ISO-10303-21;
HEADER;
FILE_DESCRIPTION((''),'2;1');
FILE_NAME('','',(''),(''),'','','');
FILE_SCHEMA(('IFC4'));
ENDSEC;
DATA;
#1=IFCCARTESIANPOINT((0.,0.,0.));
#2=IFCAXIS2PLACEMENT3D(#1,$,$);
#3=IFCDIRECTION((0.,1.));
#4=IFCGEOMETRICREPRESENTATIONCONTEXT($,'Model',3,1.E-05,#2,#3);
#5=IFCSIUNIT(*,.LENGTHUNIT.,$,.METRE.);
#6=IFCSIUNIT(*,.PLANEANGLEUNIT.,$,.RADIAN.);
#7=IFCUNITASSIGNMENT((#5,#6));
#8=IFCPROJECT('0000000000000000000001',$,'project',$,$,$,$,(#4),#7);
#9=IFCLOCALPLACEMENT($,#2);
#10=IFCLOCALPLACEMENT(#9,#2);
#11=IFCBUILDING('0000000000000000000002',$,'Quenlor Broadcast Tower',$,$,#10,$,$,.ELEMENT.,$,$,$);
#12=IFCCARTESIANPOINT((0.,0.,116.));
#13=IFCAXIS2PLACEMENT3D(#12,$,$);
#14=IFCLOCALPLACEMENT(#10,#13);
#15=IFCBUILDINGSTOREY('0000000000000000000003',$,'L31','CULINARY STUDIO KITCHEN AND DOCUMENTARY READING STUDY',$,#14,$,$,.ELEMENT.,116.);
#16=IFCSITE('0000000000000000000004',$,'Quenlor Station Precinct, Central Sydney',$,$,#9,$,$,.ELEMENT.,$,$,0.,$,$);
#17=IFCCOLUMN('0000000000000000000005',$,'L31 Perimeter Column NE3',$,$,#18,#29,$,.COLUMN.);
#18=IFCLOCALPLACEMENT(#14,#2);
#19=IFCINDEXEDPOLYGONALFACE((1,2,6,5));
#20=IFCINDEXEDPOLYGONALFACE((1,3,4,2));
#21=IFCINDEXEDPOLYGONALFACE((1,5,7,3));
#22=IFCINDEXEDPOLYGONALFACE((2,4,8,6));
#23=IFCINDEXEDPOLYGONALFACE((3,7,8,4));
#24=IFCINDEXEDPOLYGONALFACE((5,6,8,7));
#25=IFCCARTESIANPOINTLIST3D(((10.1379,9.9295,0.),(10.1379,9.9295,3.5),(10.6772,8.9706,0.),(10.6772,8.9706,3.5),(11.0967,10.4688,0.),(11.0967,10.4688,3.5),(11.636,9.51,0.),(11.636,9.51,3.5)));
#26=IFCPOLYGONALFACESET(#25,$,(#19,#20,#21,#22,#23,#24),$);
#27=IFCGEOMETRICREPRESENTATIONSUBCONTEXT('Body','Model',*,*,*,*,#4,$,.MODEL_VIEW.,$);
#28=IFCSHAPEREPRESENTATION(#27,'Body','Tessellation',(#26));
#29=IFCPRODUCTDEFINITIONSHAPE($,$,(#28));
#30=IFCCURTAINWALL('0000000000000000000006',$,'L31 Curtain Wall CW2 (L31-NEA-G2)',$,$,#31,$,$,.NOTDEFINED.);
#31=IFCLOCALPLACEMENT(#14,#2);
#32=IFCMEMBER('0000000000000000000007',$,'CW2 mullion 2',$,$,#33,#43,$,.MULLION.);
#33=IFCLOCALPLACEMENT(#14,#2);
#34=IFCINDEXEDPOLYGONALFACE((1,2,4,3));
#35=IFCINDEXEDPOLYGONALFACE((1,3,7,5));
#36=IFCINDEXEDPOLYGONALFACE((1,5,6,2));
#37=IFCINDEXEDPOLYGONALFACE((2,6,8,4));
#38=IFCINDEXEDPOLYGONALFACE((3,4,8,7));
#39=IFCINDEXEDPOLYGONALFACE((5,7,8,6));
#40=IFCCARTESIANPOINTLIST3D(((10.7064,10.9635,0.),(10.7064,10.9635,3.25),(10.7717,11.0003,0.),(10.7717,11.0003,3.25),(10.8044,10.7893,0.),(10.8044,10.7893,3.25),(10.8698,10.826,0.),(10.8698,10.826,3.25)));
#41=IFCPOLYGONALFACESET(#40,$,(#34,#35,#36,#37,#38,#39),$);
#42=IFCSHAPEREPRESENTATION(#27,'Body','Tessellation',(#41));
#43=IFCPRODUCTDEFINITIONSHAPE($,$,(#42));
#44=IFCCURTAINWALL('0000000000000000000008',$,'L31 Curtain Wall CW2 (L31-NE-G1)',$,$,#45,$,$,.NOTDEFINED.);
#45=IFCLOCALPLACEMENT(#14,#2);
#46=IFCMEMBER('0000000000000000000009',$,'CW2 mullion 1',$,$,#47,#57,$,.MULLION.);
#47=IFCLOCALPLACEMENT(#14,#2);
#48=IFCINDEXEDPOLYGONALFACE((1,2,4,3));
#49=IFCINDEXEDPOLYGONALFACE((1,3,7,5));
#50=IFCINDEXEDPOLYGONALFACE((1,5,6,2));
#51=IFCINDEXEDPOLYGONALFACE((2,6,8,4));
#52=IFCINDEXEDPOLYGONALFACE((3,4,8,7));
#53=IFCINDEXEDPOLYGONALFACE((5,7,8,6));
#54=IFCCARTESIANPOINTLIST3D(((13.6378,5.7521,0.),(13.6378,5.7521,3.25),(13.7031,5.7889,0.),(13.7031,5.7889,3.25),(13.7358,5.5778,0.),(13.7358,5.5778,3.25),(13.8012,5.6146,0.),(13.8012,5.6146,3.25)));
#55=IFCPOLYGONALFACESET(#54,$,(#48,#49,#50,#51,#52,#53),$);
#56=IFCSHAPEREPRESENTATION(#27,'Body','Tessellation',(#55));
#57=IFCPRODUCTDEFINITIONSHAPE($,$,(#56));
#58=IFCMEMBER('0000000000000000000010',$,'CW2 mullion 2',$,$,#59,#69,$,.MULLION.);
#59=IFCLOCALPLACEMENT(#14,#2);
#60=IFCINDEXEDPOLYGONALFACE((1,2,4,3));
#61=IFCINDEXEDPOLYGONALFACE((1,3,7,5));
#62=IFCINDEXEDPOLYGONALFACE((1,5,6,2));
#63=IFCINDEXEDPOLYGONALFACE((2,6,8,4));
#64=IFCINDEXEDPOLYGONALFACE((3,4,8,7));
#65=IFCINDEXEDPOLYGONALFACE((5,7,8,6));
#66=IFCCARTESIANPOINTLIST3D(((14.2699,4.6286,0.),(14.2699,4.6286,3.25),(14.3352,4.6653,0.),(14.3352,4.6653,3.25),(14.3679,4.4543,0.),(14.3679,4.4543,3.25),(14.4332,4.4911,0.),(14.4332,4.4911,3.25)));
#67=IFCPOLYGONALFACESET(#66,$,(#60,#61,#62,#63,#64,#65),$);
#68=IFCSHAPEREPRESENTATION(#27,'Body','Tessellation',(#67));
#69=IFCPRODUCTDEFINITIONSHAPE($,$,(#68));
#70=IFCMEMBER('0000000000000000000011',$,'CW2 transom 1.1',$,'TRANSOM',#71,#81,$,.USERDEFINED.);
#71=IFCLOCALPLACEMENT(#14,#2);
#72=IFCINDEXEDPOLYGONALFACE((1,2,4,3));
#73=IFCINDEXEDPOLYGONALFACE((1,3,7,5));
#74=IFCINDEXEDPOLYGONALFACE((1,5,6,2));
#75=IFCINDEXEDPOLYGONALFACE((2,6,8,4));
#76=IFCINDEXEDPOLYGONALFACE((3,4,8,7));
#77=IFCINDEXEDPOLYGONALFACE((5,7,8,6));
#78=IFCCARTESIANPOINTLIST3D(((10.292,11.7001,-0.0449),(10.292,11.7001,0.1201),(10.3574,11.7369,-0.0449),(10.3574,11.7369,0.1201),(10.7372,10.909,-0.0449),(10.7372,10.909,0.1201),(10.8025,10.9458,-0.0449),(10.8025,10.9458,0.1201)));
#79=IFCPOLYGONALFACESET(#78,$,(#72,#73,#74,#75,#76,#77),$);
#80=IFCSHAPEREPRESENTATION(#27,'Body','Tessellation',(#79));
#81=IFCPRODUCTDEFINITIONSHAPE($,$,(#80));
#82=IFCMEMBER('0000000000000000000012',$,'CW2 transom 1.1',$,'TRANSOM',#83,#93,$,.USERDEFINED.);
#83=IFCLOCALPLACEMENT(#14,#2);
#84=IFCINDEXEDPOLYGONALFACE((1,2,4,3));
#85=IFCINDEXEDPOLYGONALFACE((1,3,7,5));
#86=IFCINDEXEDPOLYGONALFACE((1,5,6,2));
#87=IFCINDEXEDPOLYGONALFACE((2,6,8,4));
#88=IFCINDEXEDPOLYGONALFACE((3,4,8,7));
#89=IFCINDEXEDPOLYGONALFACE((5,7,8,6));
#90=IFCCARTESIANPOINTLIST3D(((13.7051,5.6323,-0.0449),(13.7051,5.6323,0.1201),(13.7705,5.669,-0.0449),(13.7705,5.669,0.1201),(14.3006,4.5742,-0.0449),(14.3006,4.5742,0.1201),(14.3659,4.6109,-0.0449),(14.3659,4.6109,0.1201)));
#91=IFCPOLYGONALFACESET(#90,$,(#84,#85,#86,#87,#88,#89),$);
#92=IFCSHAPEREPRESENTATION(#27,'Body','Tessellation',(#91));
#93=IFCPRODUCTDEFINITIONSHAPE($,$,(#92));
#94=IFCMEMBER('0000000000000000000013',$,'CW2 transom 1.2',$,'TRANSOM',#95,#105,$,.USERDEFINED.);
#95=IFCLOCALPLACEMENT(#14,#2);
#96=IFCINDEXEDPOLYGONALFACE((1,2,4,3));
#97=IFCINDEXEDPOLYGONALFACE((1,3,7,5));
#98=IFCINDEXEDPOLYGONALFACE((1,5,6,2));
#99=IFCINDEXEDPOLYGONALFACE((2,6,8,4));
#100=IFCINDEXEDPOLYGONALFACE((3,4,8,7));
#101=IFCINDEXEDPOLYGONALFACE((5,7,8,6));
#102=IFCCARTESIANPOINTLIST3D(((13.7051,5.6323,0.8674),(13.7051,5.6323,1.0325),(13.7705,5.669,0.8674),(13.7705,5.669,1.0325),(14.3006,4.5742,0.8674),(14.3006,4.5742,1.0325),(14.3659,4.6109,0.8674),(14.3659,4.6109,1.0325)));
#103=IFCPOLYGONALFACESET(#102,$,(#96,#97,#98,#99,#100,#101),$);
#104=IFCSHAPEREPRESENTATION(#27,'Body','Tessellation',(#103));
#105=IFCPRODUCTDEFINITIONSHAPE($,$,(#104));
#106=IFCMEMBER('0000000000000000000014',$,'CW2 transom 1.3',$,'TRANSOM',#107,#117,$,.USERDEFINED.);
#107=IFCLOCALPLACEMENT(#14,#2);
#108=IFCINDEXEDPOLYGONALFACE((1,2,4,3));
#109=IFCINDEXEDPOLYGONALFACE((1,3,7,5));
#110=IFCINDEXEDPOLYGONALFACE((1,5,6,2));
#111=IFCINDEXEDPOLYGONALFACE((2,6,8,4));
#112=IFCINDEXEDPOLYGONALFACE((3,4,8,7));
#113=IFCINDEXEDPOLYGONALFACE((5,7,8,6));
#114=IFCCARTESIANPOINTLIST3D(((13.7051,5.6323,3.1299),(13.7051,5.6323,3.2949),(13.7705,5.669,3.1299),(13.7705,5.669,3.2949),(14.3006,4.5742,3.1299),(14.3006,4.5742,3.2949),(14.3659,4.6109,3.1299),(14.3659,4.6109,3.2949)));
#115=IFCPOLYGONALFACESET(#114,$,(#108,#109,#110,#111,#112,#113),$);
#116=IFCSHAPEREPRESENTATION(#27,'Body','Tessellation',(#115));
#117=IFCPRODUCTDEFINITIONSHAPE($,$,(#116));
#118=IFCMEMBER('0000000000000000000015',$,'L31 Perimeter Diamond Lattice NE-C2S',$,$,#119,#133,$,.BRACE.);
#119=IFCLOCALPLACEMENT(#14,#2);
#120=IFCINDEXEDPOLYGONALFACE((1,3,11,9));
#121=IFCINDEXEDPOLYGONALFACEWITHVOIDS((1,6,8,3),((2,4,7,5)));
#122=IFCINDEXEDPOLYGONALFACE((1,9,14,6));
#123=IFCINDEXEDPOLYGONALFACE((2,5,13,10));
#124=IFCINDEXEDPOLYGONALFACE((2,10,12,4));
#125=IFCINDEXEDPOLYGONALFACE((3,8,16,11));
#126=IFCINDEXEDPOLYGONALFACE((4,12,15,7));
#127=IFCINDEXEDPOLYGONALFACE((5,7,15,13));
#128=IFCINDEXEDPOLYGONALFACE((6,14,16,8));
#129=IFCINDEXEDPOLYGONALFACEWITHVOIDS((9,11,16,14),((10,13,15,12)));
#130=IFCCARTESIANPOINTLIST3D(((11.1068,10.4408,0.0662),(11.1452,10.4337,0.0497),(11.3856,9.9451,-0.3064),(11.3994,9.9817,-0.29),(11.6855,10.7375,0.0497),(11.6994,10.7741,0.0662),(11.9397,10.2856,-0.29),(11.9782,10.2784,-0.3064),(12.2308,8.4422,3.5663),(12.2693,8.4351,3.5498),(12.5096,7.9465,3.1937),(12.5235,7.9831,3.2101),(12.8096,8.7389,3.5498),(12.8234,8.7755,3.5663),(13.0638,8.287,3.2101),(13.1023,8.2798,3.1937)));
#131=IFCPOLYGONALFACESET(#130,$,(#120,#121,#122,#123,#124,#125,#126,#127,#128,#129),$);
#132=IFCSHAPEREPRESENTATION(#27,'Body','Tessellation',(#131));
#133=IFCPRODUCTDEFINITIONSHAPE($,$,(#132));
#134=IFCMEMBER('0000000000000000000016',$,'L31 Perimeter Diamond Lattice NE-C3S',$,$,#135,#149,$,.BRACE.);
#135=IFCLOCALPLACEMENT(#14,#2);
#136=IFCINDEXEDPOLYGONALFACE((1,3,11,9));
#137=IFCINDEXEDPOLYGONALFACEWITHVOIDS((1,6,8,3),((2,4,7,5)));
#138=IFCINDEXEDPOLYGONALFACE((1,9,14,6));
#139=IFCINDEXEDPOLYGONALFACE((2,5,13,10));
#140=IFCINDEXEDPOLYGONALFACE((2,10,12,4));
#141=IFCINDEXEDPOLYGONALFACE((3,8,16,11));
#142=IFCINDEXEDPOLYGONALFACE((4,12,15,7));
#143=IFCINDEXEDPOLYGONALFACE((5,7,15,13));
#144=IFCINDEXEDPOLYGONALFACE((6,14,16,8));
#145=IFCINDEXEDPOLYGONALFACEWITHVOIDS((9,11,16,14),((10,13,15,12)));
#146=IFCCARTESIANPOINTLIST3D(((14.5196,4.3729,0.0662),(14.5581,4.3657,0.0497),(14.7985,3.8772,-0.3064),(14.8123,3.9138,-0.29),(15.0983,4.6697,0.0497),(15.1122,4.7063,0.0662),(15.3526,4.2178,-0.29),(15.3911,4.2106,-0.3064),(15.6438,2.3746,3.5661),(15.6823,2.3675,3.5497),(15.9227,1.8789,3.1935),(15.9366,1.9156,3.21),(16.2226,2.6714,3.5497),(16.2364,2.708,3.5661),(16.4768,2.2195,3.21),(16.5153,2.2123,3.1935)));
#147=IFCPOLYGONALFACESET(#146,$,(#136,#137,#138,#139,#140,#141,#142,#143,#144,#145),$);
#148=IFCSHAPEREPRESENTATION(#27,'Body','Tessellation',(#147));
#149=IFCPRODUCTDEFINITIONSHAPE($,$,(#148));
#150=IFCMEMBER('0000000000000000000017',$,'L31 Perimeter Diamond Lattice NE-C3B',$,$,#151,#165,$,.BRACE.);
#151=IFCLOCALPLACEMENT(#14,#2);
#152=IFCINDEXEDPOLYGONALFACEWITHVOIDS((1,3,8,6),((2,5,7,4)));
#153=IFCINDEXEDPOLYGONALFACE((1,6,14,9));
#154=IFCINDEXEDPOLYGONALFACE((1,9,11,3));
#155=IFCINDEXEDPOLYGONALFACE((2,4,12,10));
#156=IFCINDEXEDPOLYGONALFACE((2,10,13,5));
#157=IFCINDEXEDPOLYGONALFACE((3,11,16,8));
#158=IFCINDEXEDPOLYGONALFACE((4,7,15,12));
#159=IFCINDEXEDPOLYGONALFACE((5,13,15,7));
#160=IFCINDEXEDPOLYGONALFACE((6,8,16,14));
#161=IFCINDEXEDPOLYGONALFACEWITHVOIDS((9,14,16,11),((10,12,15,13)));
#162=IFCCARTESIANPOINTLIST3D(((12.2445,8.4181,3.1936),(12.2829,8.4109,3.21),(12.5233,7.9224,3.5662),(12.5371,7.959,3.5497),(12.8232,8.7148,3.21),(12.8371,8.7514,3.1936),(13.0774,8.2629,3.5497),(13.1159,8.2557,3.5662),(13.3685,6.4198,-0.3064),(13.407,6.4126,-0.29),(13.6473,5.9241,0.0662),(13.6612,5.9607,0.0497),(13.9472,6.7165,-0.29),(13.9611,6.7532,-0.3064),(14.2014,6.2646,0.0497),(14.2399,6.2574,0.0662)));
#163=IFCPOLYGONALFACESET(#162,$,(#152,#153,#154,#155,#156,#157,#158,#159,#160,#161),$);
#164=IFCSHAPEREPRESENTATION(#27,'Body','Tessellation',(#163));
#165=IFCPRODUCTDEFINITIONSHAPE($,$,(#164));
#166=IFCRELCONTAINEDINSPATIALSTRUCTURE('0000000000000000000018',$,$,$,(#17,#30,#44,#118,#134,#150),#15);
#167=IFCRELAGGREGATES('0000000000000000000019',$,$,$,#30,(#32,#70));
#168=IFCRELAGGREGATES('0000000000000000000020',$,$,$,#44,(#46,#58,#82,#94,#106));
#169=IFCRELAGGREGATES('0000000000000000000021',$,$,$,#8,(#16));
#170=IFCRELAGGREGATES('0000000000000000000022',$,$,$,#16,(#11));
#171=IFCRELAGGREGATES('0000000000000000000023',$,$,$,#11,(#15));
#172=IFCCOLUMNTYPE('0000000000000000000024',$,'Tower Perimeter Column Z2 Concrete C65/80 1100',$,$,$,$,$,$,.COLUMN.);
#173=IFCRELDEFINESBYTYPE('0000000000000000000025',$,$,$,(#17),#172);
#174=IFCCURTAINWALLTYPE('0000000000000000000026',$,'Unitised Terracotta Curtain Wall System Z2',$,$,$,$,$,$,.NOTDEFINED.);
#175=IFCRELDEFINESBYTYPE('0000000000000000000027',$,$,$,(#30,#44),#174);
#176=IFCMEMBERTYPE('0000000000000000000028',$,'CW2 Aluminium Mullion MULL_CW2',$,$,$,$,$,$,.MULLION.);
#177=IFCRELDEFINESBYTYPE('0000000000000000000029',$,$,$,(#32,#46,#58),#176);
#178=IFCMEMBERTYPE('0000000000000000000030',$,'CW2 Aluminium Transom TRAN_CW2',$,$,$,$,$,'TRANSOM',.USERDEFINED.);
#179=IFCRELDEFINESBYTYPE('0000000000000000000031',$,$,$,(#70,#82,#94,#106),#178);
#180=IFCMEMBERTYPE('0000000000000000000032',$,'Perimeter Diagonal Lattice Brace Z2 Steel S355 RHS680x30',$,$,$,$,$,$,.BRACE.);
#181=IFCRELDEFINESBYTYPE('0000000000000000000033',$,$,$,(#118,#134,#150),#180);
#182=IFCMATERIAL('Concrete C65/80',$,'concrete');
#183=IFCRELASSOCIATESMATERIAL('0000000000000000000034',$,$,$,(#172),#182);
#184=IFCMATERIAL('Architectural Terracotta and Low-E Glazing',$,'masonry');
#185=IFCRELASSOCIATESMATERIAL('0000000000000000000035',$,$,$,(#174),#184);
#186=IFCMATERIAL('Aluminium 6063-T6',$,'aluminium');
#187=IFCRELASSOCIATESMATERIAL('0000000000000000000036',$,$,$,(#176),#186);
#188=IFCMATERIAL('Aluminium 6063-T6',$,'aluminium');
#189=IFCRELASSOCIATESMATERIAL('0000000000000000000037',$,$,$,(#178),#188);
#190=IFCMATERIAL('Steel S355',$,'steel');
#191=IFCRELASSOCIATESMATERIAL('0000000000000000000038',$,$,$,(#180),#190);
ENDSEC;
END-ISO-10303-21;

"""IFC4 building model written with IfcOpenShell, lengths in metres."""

from ifc_helpers import new_model, si_unit, direction, frame, origin, origin_2d, place, context, subcontext, project, spatial, rectangle, hollow_rectangle, extrude, material, material_profile, profile_set, type_object, element, aggregate, save


model = new_model("IFC4")

# Units and contexts
model_context = context("Model", 3, precision=1e-05, world=origin(), true_north=direction((0.0, 1.0)))
body_context = subcontext(model_context, "Body", "Model", "MODEL_VIEW")
ifc_project = project(units=[si_unit("LENGTHUNIT", "METRE"), si_unit("PLANEANGLEUNIT", "RADIAN")], contexts=[model_context])

# Site, building, storey
site_placement = place(None, origin())
site = spatial("IfcSite", under=ifc_project, at=site_placement, Name="Quenlor Station Precinct, Central Sydney", CompositionType="ELEMENT", RefElevation=0.0)
building_placement = place(site_placement, origin())
building = spatial("IfcBuilding", under=site, at=building_placement, Name="Quenlor Broadcast Tower", CompositionType="ELEMENT")
storey_placement = place(building_placement, frame((0.0, 0.0, 116.0)))
storey = spatial("IfcBuildingStorey", under=building, at=storey_placement, Name="L31", Description="CULINARY STUDIO KITCHEN AND DOCUMENTARY READING STUDY", CompositionType="ELEMENT", Elevation=116.0)

# Column
ifc_material_1 = material(Name="Concrete C65/80", Category="concrete")
ifc_material_profile_1 = material_profile(ifc_material_1, rectangle(XDim=1.1001, YDim=1.1001, at=origin_2d()))
ifc_profile_set_1 = profile_set([ifc_material_profile_1], Name="Concrete C65/80 RC1100x1100")
column_type = type_object("IfcColumnType", Name="Tower Perimeter Column Z2 Concrete C65/80 1100", PredefinedType="COLUMN", material=ifc_profile_set_1)
column_placement = place(storey_placement, frame((10.887, 9.7197, 0.0), z_axis=(0.0, 0.0, 1.0), x_axis=(0.871575, 0.490262, 0.0)))
element("IfcColumn", 1, at=column_placement, inside=storey, type_object=column_type, Name="L31 Perimeter Column NE3", PredefinedType="COLUMN", context=body_context, shape_type="SweptSolid", body=[
    extrude(rectangle(XDim=1.1001, YDim=1.1001, at=origin_2d()), origin(), (0.0, 0.0, 1.0), 3.5),
])

# Curtain wall, member
ifc_material_2 = material(Name="Architectural Terracotta and Low-E Glazing", Category="masonry")
curtain_wall_type = type_object("IfcCurtainWallType", Name="Unitised Terracotta Curtain Wall System Z2", PredefinedType="NOTDEFINED", material=ifc_material_2)
curtain_wall_1_placement = place(storey_placement, origin())
curtain_wall_1 = element("IfcCurtainWall", 2, at=curtain_wall_1_placement, inside=storey, type_object=curtain_wall_type, Name="L31 Curtain Wall CW2 (L31-NEA-G2)", PredefinedType="NOTDEFINED")
ifc_material_3 = material(Name="Aluminium 6063-T6", Category="aluminium")
ifc_material_profile_2 = material_profile(ifc_material_3, rectangle(XDim=0.075, YDim=0.2, at=origin_2d()))
ifc_profile_set_2 = profile_set([ifc_material_profile_2], Name="Aluminium 6063-T6 MULL75x200")
member_type_1 = type_object("IfcMemberType", Name="CW2 Aluminium Mullion MULL_CW2", PredefinedType="MULLION", material=ifc_profile_set_2)
member_1_placement = place(storey_placement, frame((10.7881, 10.8948, 0.0), z_axis=(0.0, 0.0, 1.0), x_axis=(0.871581, 0.490252, 0.0)))
member_1 = element("IfcMember", 3, at=member_1_placement, type_object=member_type_1, Name="CW2 mullion 2", PredefinedType="MULLION", context=body_context, shape_type="SweptSolid", body=[
    extrude(rectangle(XDim=0.075, YDim=0.2, at=origin_2d()), origin(), (0.0, 0.0, 1.0), 3.25),
])

# Curtain wall, members
curtain_wall_2_placement = place(storey_placement, origin())
curtain_wall_2 = element("IfcCurtainWall", 4, at=curtain_wall_2_placement, inside=storey, type_object=curtain_wall_type, Name="L31 Curtain Wall CW2 (L31-NE-G1)", PredefinedType="NOTDEFINED")
member_2_placement = place(storey_placement, frame((13.7195, 5.6833, 0.0), z_axis=(0.0, 0.0, 1.0), x_axis=(0.871579, 0.490254, 0.0)))
member_2 = element("IfcMember", 5, at=member_2_placement, type_object=member_type_1, Name="CW2 mullion 1", PredefinedType="MULLION", context=body_context, shape_type="SweptSolid", body=[
    extrude(rectangle(XDim=0.075, YDim=0.2, at=origin_2d()), origin(), (0.0, 0.0, 1.0), 3.25),
])
member_3_placement = place(storey_placement, frame((14.3516, 4.5598, 0.0), z_axis=(0.0, 0.0, 1.0), x_axis=(0.871579, 0.490254, 0.0)))
member_3 = element("IfcMember", 6, at=member_3_placement, type_object=member_type_1, Name="CW2 mullion 2", PredefinedType="MULLION", context=body_context, shape_type="SweptSolid", body=[
    extrude(rectangle(XDim=0.075, YDim=0.2, at=origin_2d()), origin(), (0.0, 0.0, 1.0), 3.25),
])

# Members
ifc_material_4 = material(Name="Aluminium 6063-T6", Category="aluminium")
ifc_material_profile_3 = material_profile(ifc_material_4, rectangle(XDim=0.075, YDim=0.165, at=origin_2d()))
ifc_profile_set_3 = profile_set([ifc_material_profile_3], Name="Aluminium 6063-T6 TRAN75x165")
member_type_2 = type_object("IfcMemberType", Name="CW2 Aluminium Transom TRAN_CW2", ElementType="TRANSOM", PredefinedType="USERDEFINED", material=ifc_profile_set_3)
member_4_placement = place(storey_placement, frame((10.3247, 11.7185, 0.0376), z_axis=(0.490363, -0.871518, 0.0), x_axis=(0.871518, 0.490363, 0.0)))
member_4 = element("IfcMember", 7, at=member_4_placement, type_object=member_type_2, Name="CW2 transom 1.1", ObjectType="TRANSOM", PredefinedType="USERDEFINED", context=body_context, shape_type="SweptSolid", body=[
    extrude(rectangle(XDim=0.075, YDim=0.165, at=origin_2d()), origin(), (0.0, 0.0, 1.0), 0.9077),
])
member_5_placement = place(storey_placement, frame((13.7378, 5.6506, 0.0376), z_axis=(0.490433, -0.871479, 0.0), x_axis=(0.871479, 0.490433, 0.0)))
member_5 = element("IfcMember", 8, at=member_5_placement, type_object=member_type_2, Name="CW2 transom 1.1", ObjectType="TRANSOM", PredefinedType="USERDEFINED", context=body_context, shape_type="SweptSolid", body=[
    extrude(rectangle(XDim=0.075, YDim=0.165, at=origin_2d()), origin(), (0.0, 0.0, 1.0), 1.2141),
])
member_6_placement = place(storey_placement, frame((13.7378, 5.6506, 0.95), z_axis=(0.490433, -0.871479, 0.0), x_axis=(0.871479, 0.490433, 0.0)))
member_6 = element("IfcMember", 9, at=member_6_placement, type_object=member_type_2, Name="CW2 transom 1.2", ObjectType="TRANSOM", PredefinedType="USERDEFINED", context=body_context, shape_type="SweptSolid", body=[
    extrude(rectangle(XDim=0.075, YDim=0.165, at=origin_2d()), origin(), (0.0, 0.0, 1.0), 1.2141),
])
member_7_placement = place(storey_placement, frame((13.7378, 5.6506, 3.2124), z_axis=(0.490433, -0.871479, 0.0), x_axis=(0.871479, 0.490433, 0.0)))
member_7 = element("IfcMember", 10, at=member_7_placement, type_object=member_type_2, Name="CW2 transom 1.3", ObjectType="TRANSOM", PredefinedType="USERDEFINED", context=body_context, shape_type="SweptSolid", body=[
    extrude(rectangle(XDim=0.075, YDim=0.165, at=origin_2d()), origin(), (0.0, 0.0, 1.0), 1.2141),
])

# Members
ifc_material_5 = material(Name="Steel S355", Category="steel")
ifc_material_profile_4 = material_profile(ifc_material_5, hollow_rectangle(XDim=0.6799, YDim=0.6799, WallThickness=0.03, at=origin_2d()))
ifc_profile_set_4 = profile_set([ifc_material_profile_4], Name="Steel S355 RHS680x680x30")
member_type_3 = type_object("IfcMemberType", Name="Perimeter Diagonal Lattice Brace Z2 Steel S355 RHS680x30", PredefinedType="BRACE", material=ifc_profile_set_4)
member_8_placement = place(storey_placement, frame((11.5425, 10.3596, -0.1201), z_axis=(0.268635, -0.477638, 0.836479), x_axis=(0.871604, 0.490211, 0.0)))
element("IfcMember", 11, at=member_8_placement, inside=storey, type_object=member_type_3, Name="L31 Perimeter Diamond Lattice NE-C2S", PredefinedType="BRACE", context=body_context, shape_type="SweptSolid", body=[
    extrude(hollow_rectangle(XDim=0.6799, YDim=0.6799, WallThickness=0.03, at=origin_2d()), origin(), (0.0, 0.0, 1.0), 4.1843),
])
for number, where, z_axis, x_axis, name in (
    (12, (14.9553, 4.2917, -0.1201), (0.268697, -0.477585, 0.836489), (0.871533, 0.490337, 0.0), "L31 Perimeter Diamond Lattice NE-C3S"),
    (13, (13.8042, 6.3386, -0.1201), (-0.268642, 0.477593, 0.836502), (-0.871578, -0.490256, 0.0), "L31 Perimeter Diamond Lattice NE-C3B"),
):
    element("IfcMember", number, at=place(storey_placement, frame(where, z_axis=z_axis, x_axis=x_axis)), inside=storey, type_object=member_type_3, Name=name, PredefinedType="BRACE", context=body_context, shape_type="SweptSolid", body=[
        extrude(hollow_rectangle(XDim=0.6799, YDim=0.6799, WallThickness=0.03, at=origin_2d()), origin(), (0.0, 0.0, 1.0), 4.1841),
    ])

aggregate(curtain_wall_1, [member_1, member_4])
aggregate(curtain_wall_2, [member_2, member_3, member_5, member_6, member_7])

save(model, "model.ifc")
